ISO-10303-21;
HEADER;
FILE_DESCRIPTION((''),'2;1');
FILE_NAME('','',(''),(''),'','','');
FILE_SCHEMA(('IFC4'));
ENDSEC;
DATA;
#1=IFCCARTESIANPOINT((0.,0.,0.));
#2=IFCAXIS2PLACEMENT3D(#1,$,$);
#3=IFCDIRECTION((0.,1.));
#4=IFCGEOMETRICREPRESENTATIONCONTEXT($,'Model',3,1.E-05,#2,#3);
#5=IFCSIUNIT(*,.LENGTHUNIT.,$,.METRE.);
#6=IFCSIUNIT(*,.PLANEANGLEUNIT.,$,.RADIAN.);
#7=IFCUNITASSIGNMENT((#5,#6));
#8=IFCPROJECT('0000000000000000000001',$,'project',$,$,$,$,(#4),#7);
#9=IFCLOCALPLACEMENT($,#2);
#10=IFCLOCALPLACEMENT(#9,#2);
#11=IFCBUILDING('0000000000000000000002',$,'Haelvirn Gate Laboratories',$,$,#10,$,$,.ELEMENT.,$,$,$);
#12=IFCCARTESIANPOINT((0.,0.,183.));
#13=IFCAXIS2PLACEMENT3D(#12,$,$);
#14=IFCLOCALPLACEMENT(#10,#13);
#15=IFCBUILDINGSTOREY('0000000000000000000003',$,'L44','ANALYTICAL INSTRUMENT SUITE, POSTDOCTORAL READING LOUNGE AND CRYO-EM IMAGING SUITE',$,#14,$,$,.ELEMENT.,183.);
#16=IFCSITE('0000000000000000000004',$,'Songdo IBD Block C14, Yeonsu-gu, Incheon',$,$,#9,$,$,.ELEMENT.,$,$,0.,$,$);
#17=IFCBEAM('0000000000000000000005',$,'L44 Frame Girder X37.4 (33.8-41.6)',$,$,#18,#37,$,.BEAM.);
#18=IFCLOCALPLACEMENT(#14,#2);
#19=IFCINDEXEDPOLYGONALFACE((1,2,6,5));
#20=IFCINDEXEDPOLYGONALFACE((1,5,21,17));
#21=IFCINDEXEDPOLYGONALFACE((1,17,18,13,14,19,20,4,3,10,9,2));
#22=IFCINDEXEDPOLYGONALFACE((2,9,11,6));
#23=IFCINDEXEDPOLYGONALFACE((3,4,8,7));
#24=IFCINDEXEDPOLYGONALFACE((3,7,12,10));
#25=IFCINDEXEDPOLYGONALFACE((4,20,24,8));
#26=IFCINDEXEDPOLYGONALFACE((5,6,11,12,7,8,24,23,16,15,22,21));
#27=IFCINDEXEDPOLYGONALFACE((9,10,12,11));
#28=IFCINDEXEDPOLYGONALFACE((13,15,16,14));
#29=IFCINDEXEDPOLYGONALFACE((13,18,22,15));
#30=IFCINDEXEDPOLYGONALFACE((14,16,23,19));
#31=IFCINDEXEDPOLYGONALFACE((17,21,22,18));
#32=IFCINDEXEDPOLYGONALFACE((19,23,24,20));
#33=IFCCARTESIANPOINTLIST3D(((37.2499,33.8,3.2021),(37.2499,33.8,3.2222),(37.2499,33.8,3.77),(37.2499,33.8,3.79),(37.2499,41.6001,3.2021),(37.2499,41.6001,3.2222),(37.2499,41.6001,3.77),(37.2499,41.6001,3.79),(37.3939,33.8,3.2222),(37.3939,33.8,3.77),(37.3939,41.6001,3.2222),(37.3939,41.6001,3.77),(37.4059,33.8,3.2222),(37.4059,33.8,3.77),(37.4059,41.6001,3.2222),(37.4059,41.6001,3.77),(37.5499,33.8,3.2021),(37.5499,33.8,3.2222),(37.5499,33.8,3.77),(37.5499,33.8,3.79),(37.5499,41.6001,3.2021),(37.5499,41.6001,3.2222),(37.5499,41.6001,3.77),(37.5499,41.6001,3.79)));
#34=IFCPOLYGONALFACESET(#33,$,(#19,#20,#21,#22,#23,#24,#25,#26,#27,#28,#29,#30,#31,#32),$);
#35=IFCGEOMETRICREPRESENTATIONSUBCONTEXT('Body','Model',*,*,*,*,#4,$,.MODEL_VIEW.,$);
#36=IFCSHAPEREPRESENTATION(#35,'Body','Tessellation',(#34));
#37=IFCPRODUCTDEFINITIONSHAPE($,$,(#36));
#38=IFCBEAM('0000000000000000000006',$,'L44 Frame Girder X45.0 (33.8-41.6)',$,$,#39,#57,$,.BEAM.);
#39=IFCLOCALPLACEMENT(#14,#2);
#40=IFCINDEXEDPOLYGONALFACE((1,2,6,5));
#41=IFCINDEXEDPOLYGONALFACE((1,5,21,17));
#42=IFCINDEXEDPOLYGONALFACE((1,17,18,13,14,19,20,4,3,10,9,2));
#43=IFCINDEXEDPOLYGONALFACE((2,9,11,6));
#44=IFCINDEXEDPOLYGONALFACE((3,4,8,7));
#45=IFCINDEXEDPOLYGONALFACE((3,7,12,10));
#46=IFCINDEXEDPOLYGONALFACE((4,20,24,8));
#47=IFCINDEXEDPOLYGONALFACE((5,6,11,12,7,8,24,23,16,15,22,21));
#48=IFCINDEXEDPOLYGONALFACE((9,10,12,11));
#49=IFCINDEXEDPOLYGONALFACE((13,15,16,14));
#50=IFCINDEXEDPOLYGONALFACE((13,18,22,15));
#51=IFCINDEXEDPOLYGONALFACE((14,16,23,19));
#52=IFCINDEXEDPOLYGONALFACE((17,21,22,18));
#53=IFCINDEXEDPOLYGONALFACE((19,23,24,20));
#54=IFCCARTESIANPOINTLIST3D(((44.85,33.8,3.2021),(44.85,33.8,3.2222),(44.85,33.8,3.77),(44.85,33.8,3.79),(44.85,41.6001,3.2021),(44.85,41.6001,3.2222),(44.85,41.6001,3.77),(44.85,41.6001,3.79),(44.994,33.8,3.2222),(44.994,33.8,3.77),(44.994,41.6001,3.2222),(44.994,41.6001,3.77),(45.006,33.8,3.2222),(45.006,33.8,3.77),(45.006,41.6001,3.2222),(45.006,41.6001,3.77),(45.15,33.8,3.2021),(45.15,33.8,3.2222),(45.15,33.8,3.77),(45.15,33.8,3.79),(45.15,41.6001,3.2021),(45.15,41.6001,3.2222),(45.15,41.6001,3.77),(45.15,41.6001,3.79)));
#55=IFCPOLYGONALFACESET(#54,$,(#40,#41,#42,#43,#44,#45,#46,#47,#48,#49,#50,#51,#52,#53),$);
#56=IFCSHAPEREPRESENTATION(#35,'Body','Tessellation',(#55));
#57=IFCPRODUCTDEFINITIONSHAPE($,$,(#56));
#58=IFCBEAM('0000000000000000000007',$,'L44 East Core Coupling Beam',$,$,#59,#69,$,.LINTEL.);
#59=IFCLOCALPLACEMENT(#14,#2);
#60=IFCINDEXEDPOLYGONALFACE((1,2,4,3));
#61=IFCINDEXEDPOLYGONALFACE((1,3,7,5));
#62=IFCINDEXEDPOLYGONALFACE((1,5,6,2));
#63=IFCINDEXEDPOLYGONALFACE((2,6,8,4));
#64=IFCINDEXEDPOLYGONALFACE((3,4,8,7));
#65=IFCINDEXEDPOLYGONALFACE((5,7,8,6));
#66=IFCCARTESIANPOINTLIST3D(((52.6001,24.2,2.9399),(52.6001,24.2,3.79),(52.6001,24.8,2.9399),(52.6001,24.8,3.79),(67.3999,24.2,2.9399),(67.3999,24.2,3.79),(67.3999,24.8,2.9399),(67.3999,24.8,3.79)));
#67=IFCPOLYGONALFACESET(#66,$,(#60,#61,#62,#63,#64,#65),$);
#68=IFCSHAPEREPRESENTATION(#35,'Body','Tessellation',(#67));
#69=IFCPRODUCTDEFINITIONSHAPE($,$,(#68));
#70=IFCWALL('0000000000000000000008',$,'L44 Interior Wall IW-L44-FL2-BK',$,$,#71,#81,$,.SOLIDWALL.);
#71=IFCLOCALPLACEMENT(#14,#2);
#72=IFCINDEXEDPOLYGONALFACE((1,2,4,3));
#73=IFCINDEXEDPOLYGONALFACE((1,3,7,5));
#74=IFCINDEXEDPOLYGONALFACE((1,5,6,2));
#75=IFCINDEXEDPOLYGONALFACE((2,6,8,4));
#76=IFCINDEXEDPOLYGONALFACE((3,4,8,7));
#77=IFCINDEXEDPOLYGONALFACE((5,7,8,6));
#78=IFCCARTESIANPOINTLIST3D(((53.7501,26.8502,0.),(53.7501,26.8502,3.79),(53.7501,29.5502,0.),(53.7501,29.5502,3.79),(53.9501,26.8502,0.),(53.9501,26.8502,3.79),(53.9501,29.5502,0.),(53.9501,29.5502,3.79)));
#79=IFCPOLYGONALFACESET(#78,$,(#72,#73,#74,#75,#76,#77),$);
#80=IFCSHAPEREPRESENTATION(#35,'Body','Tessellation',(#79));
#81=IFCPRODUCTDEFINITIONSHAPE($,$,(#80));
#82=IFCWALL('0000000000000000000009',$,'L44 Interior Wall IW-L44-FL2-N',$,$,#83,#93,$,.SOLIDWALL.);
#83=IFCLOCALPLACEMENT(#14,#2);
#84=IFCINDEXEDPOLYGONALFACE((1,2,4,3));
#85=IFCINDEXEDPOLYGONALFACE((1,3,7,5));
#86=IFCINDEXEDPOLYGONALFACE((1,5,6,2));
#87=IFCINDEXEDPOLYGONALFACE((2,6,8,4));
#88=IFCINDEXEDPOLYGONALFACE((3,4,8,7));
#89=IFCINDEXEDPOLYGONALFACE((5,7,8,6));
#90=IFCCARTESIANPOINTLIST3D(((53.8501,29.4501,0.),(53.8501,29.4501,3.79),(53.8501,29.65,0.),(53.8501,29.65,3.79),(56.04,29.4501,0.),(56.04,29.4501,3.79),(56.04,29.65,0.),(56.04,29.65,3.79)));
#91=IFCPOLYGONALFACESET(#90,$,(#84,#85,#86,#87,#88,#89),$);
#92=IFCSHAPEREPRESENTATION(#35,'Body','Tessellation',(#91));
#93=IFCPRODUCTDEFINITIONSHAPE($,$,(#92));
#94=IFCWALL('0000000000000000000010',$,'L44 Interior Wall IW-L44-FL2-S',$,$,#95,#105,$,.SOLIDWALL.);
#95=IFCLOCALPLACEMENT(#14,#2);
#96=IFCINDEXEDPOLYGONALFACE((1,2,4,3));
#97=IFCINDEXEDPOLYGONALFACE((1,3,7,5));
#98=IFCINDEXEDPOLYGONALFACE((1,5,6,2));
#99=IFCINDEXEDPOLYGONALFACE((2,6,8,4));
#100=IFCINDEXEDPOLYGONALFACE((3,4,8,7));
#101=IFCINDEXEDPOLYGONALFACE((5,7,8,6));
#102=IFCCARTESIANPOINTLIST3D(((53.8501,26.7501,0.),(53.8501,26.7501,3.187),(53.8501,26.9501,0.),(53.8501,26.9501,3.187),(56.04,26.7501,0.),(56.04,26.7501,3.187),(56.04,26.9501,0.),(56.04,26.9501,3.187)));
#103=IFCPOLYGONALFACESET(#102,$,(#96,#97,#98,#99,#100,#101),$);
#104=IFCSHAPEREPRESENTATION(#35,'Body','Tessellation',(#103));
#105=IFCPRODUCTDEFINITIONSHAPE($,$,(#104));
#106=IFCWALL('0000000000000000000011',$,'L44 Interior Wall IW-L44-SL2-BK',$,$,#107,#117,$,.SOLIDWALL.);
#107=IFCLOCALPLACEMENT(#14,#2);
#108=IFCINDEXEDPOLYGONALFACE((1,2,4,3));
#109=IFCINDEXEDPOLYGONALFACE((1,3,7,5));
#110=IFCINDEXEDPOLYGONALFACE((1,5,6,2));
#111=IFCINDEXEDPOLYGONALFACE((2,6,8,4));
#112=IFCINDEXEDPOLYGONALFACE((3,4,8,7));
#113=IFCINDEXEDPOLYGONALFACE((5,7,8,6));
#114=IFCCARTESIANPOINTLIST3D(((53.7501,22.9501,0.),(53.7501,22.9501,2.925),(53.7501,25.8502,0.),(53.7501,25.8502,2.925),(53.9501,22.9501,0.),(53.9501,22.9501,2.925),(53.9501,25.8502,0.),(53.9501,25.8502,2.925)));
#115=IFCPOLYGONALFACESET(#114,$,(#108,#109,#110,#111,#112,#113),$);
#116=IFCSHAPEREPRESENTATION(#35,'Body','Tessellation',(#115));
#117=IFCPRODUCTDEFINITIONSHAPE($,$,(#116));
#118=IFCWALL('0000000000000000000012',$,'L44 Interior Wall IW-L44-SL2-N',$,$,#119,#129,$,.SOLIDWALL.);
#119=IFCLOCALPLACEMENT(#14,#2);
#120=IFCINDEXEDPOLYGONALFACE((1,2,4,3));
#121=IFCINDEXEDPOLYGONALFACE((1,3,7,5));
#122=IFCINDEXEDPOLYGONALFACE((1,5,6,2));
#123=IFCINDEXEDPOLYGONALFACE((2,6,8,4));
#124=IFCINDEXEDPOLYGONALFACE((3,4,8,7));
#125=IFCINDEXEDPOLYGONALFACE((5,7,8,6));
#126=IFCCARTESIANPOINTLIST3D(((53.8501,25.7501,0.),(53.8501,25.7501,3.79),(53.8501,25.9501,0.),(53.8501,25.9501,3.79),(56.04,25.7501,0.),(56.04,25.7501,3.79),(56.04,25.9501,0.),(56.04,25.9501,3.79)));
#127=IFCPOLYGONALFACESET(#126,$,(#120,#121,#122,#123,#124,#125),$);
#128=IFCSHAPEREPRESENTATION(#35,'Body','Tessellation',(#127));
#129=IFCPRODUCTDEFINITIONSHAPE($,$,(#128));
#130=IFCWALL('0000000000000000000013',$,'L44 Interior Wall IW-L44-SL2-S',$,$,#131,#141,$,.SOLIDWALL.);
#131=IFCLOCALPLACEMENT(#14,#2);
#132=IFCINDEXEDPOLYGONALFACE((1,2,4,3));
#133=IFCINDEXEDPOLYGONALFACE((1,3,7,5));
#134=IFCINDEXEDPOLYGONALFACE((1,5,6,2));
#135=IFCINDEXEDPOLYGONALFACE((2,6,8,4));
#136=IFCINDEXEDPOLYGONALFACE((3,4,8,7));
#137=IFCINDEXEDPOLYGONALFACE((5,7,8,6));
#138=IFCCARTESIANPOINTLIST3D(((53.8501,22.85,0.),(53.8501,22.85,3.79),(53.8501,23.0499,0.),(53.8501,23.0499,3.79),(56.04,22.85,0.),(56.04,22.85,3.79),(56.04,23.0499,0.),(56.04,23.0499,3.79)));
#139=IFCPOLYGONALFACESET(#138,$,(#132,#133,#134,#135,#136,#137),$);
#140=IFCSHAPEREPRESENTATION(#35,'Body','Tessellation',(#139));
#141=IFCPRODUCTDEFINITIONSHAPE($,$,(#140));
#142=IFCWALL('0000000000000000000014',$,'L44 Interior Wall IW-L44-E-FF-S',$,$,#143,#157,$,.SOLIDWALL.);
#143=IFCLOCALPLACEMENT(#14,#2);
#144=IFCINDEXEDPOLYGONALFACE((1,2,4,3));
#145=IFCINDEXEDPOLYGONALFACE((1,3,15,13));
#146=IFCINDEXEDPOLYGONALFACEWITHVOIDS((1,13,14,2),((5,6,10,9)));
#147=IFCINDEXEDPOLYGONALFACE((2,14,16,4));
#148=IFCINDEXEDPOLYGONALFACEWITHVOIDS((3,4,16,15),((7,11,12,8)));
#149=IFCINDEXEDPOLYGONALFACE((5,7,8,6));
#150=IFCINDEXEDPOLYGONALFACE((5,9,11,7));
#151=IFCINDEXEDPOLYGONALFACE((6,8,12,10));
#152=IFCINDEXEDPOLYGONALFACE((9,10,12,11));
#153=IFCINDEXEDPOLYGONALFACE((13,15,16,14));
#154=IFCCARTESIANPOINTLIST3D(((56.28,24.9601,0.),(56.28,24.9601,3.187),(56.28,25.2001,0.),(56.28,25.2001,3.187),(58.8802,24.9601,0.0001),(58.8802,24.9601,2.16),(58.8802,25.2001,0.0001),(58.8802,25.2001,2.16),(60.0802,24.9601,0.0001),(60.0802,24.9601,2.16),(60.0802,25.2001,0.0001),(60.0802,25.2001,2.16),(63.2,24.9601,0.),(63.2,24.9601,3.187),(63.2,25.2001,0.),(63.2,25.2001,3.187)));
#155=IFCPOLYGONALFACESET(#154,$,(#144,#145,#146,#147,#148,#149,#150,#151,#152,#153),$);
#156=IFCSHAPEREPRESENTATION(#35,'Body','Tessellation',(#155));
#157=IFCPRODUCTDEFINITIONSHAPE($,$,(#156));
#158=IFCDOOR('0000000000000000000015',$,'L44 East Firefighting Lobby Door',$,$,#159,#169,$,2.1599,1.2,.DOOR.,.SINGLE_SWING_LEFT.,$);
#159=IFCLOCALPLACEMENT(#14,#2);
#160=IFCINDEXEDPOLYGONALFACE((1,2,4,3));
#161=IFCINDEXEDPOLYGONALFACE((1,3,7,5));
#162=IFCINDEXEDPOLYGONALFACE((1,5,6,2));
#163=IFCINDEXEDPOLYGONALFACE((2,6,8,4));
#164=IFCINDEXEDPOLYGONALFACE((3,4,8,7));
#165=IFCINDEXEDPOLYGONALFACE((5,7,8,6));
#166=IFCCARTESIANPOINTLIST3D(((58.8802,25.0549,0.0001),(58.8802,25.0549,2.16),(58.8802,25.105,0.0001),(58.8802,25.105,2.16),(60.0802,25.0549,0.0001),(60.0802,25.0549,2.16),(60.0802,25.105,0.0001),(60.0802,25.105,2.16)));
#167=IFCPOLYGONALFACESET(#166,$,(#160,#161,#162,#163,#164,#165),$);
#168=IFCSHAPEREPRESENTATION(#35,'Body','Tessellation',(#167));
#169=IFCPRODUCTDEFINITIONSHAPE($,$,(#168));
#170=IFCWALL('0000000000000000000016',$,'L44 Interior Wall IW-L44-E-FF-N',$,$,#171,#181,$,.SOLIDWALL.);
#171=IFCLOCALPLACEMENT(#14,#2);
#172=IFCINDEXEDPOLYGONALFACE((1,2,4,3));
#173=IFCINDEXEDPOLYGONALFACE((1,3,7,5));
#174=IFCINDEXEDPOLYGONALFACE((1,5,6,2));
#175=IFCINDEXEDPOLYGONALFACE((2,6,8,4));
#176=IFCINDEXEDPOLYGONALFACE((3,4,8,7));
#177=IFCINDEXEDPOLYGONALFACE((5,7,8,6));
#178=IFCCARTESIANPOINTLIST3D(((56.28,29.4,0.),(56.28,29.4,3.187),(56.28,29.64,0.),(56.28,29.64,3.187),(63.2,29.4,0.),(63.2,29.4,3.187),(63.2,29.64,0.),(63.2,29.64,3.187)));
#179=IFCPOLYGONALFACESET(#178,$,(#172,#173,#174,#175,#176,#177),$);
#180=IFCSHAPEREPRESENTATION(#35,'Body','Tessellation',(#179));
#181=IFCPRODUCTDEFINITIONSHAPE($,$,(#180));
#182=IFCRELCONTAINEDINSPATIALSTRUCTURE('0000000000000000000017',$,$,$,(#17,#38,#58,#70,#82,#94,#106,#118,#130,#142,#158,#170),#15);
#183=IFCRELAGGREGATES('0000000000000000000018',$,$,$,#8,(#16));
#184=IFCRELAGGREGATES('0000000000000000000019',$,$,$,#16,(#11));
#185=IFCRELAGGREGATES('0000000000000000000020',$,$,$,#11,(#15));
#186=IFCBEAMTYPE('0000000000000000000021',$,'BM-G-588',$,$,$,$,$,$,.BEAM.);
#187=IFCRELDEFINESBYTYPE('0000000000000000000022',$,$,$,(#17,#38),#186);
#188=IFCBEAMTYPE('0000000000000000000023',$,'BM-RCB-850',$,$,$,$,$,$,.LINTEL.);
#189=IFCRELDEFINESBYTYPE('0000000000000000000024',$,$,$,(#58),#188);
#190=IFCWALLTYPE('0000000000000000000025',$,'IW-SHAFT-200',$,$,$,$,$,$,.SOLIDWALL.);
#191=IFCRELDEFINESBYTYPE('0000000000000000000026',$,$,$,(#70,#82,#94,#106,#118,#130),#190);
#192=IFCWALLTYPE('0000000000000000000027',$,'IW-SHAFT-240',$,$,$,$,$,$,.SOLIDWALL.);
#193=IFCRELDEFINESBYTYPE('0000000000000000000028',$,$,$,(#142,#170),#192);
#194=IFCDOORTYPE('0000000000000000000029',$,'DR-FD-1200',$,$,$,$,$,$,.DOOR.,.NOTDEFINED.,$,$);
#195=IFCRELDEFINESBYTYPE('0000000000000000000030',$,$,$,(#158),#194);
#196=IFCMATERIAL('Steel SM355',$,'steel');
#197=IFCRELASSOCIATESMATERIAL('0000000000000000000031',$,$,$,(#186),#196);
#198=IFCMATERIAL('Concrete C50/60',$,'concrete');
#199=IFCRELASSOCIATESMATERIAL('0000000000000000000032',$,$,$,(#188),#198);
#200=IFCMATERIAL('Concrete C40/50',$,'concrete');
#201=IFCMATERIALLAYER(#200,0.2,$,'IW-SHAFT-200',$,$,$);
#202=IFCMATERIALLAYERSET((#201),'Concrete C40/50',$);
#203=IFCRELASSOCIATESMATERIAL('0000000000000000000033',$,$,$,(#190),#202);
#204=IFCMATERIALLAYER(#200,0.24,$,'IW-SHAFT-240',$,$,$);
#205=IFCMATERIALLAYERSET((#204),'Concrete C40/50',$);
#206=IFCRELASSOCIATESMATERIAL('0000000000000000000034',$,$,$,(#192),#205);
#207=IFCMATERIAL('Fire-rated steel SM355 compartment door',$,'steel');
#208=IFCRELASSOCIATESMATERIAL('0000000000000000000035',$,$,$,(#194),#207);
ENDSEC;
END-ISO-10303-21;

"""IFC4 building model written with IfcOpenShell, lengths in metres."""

from ifc_helpers import new_model, si_unit, direction, frame, frame_2d, origin, origin_2d, place, context, subcontext, project, spatial, rectangle, i_section, extrude, source, transform, mapped, material, layer, layer_set, material_profile, profile_set, type_object, type_shapes, element, fill, save


model = new_model("IFC4")

# Units and contexts
model_context = context("Model", 3, precision=1e-05, world=origin(), true_north=direction((0.0, 1.0)))
body_context = subcontext(model_context, "Body", "Model", "MODEL_VIEW")
ifc_project = project(units=[si_unit("LENGTHUNIT", "METRE"), si_unit("PLANEANGLEUNIT", "RADIAN")], contexts=[model_context])

# Site, building, storey
site_placement = place(None, origin())
site = spatial("IfcSite", under=ifc_project, at=site_placement, Name="Songdo IBD Block C14, Yeonsu-gu, Incheon", CompositionType="ELEMENT", RefElevation=0.0)
building_placement = place(site_placement, origin())
building = spatial("IfcBuilding", under=site, at=building_placement, Name="Haelvirn Gate Laboratories", CompositionType="ELEMENT")
storey_placement = place(building_placement, frame((0.0, 0.0, 183.0)))
storey = spatial("IfcBuildingStorey", under=building, at=storey_placement, Name="L44", Description="ANALYTICAL INSTRUMENT SUITE, POSTDOCTORAL READING LOUNGE AND CRYO-EM IMAGING SUITE", CompositionType="ELEMENT", Elevation=183.0)

# Shared definitions
ifc_material_1 = material(Name="Steel SM355", Category="steel")

# Beams
ifc_material_profile_1 = material_profile(ifc_material_1, i_section(OverallWidth=0.3, OverallDepth=0.5879, WebThickness=0.012, FlangeThickness=0.02, at=origin_2d()), Name="H-588x300x12x20")
ifc_profile_set_1 = profile_set([ifc_material_profile_1], Name="Steel SM355")
beam_type_1 = type_object("IfcBeamType", Name="BM-G-588", PredefinedType="BEAM", material=ifc_profile_set_1)
shared_shape_1 = source(origin(), body_context, "Body", "SweptSolid", [
    extrude(i_section(OverallWidth=0.3, OverallDepth=0.5879, WebThickness=0.012, FlangeThickness=0.02, at=origin_2d()), origin(), (0.0, 0.0, 1.0), 7.8),
])
for number, where, z_axis, x_axis, name in (
    (1, (37.3999, 33.8, 3.4961), (0.0, 1.0, 0.0), (-1.0, 0.0, 0.0), "L44 Frame Girder X37.4 (33.8-41.6)"),
    (2, (45.0, 33.8, 3.4961), (0.0, 1.0, 0.0), (-1.0, 0.0, 0.0), "L44 Frame Girder X45.0 (33.8-41.6)"),
):
    element("IfcBeam", number, at=place(storey_placement, frame(where, z_axis=z_axis, x_axis=x_axis)), inside=storey, type_object=beam_type_1, Name=name, PredefinedType="BEAM", context=body_context, shape_type="MappedRepresentation", body=[
        mapped(shared_shape_1, transform((0.0, 0.0, 0.0), scale=1.0)),
    ])
ifc_material_2 = material(Name="Concrete C50/60", Category="concrete")
ifc_material_profile_2 = material_profile(ifc_material_2, rectangle(XDim=0.6001, YDim=0.8501, at=origin_2d()), Name="RCB-600x850")
ifc_profile_set_2 = profile_set([ifc_material_profile_2], Name="Concrete C50/60")
beam_type_2 = type_object("IfcBeamType", Name="BM-RCB-850", PredefinedType="LINTEL", material=ifc_profile_set_2)
shared_shape_2 = source(origin(), body_context, "Body", "SweptSolid", [
    extrude(rectangle(XDim=0.6001, YDim=0.8501, at=origin_2d()), origin(), (0.0, 0.0, 1.0), 14.7998),
])
type_shapes(beam_type_2, [shared_shape_2])
beam_1_placement = place(storey_placement, frame((52.6001, 24.5, 3.365), z_axis=(1.0, 0.0, 0.0), x_axis=(0.0, 1.0, 0.0)))
element("IfcBeam", 3, at=beam_1_placement, inside=storey, type_object=beam_type_2, Name="L44 East Core Coupling Beam", PredefinedType="LINTEL", context=body_context, shape_type="MappedRepresentation", body=[
    mapped(shared_shape_2, transform((0.0, 0.0, 0.0), scale=1.0)),
])

# Walls
ifc_material_3 = material(Name="Concrete C40/50", Category="concrete")
ifc_layer_1 = layer(ifc_material_3, 0.2, Name="IW-SHAFT-200")
ifc_layer_set_1 = layer_set([ifc_layer_1], Name="Concrete C40/50")
wall_type_1 = type_object("IfcWallType", Name="IW-SHAFT-200", PredefinedType="SOLIDWALL", material=ifc_layer_set_1)
wall_1_placement = place(storey_placement, frame((53.8501, 26.8501, 0.0), z_axis=(0.0, 0.0, 1.0), x_axis=(0.0, 1.0, 0.0)))
element("IfcWall", 4, at=wall_1_placement, inside=storey, type_object=wall_type_1, Name="L44 Interior Wall IW-L44-FL2-BK", PredefinedType="SOLIDWALL", context=body_context, shape_type="SweptSolid", body=[
    extrude(rectangle(XDim=2.7, YDim=0.2, at=frame_2d((1.3501, 0.0))), origin(), (0.0, 0.0, 1.0), 3.79),
])
wall_2_placement = place(storey_placement, frame((53.8501, 29.55, 0.0), z_axis=(0.0, 0.0, 1.0), x_axis=(1.0, 0.0, 0.0)))
element("IfcWall", 5, at=wall_2_placement, inside=storey, type_object=wall_type_1, Name="L44 Interior Wall IW-L44-FL2-N", PredefinedType="SOLIDWALL", context=body_context, shape_type="SweptSolid", body=[
    extrude(rectangle(XDim=2.1899, YDim=0.2, at=frame_2d((1.095, 0.0))), origin(), (0.0, 0.0, 1.0), 3.79),
])
wall_3_placement = place(storey_placement, frame((53.8501, 26.8501, 0.0), z_axis=(0.0, 0.0, 1.0), x_axis=(1.0, 0.0, 0.0)))
element("IfcWall", 6, at=wall_3_placement, inside=storey, type_object=wall_type_1, Name="L44 Interior Wall IW-L44-FL2-S", PredefinedType="SOLIDWALL", context=body_context, shape_type="SweptSolid", body=[
    extrude(rectangle(XDim=2.1899, YDim=0.2, at=frame_2d((1.095, 0.0))), origin(), (0.0, 0.0, 1.0), 3.187),
])
wall_4_placement = place(storey_placement, frame((53.8501, 22.95, 0.0), z_axis=(0.0, 0.0, 1.0), x_axis=(0.0, 1.0, 0.0)))
element("IfcWall", 7, at=wall_4_placement, inside=storey, type_object=wall_type_1, Name="L44 Interior Wall IW-L44-SL2-BK", PredefinedType="SOLIDWALL", context=body_context, shape_type="SweptSolid", body=[
    extrude(rectangle(XDim=2.9001, YDim=0.2, at=frame_2d((1.4502, 0.0))), origin(), (0.0, 0.0, 1.0), 2.925),
])
for number, where, z_axis, x_axis, name in (
    (8, (53.8501, 25.8501, 0.0), (0.0, 0.0, 1.0), (1.0, 0.0, 0.0), "L44 Interior Wall IW-L44-SL2-N"),
    (9, (53.8501, 22.95, 0.0), (0.0, 0.0, 1.0), (1.0, 0.0, 0.0), "L44 Interior Wall IW-L44-SL2-S"),
):
    element("IfcWall", number, at=place(storey_placement, frame(where, z_axis=z_axis, x_axis=x_axis)), inside=storey, type_object=wall_type_1, Name=name, PredefinedType="SOLIDWALL", context=body_context, shape_type="SweptSolid", body=[
        extrude(rectangle(XDim=2.1899, YDim=0.2, at=frame_2d((1.095, 0.0))), origin(), (0.0, 0.0, 1.0), 3.79),
    ])

# Wall, opening, door
ifc_layer_2 = layer(ifc_material_3, 0.24, Name="IW-SHAFT-240")
ifc_layer_set_2 = layer_set([ifc_layer_2], Name="Concrete C40/50")
wall_type_2 = type_object("IfcWallType", Name="IW-SHAFT-240", PredefinedType="SOLIDWALL", material=ifc_layer_set_2)
wall_5_placement = place(storey_placement, frame((56.28, 25.0801, 0.0), z_axis=(0.0, 0.0, 1.0), x_axis=(1.0, 0.0, 0.0)))
wall_5 = element("IfcWall", 10, at=wall_5_placement, inside=storey, type_object=wall_type_2, Name="L44 Interior Wall IW-L44-E-FF-S", PredefinedType="SOLIDWALL", context=body_context, shape_type="SweptSolid", body=[
    extrude(rectangle(XDim=6.9199, YDim=0.24, at=frame_2d((3.46, 0.0))), origin(), (0.0, 0.0, 1.0), 3.187),
])
opening_1_placement = place(wall_5_placement, frame((2.6001, 0.0, 0.0)))
opening_1 = element("IfcOpeningElement", 11, at=opening_1_placement, cuts=wall_5, PredefinedType="OPENING", context=body_context, shape_type="SweptSolid", body=[
    extrude(rectangle(XDim=1.2, YDim=2.1599, at=frame_2d((0.6001, 1.0801))), frame((0.0, 0.1299, 0.0), z_axis=(0.0, -1.0, 0.0), x_axis=(1.0, 0.0, 0.0)), (0.0, 0.0, 1.0), 0.26),
])
ifc_material_4 = material(Name="Fire-rated steel SM355 compartment door", Category="steel")
door_type_1 = type_object("IfcDoorType", Name="DR-FD-1200", OperationType="NOTDEFINED", PredefinedType="DOOR", material=ifc_material_4)
shared_shape_3 = source(origin(), body_context, "Body", "SweptSolid", [
    extrude(rectangle(XDim=1.2, YDim=2.1599, at=frame_2d((0.6001, 1.0801))), frame((0.0, 0.0249, 0.0), z_axis=(0.0, -1.0, 0.0), x_axis=(1.0, 0.0, 0.0)), (0.0, 0.0, 1.0), 0.05),
])
type_shapes(door_type_1, [shared_shape_3])
door_1_placement = place(opening_1_placement, origin())
door_1 = element("IfcDoor", 12, at=door_1_placement, inside=storey, type_object=door_type_1, Name="L44 East Firefighting Lobby Door", OperationType="SINGLE_SWING_LEFT", OverallHeight=2.1599, OverallWidth=1.2, PredefinedType="DOOR", context=body_context, shape_type="MappedRepresentation", body=[
    mapped(shared_shape_3, transform((0.0, 0.0, 0.0), scale=1.0)),
])
fill(opening_1, door_1)

# Wall
wall_6_placement = place(storey_placement, frame((56.28, 29.52, 0.0), z_axis=(0.0, 0.0, 1.0), x_axis=(1.0, 0.0, 0.0)))
element("IfcWall", 13, at=wall_6_placement, inside=storey, type_object=wall_type_2, Name="L44 Interior Wall IW-L44-E-FF-N", PredefinedType="SOLIDWALL", context=body_context, shape_type="SweptSolid", body=[
    extrude(rectangle(XDim=6.9199, YDim=0.24, at=frame_2d((3.46, 0.0))), origin(), (0.0, 0.0, 1.0), 3.187),
])

save(model, "model.ifc")
